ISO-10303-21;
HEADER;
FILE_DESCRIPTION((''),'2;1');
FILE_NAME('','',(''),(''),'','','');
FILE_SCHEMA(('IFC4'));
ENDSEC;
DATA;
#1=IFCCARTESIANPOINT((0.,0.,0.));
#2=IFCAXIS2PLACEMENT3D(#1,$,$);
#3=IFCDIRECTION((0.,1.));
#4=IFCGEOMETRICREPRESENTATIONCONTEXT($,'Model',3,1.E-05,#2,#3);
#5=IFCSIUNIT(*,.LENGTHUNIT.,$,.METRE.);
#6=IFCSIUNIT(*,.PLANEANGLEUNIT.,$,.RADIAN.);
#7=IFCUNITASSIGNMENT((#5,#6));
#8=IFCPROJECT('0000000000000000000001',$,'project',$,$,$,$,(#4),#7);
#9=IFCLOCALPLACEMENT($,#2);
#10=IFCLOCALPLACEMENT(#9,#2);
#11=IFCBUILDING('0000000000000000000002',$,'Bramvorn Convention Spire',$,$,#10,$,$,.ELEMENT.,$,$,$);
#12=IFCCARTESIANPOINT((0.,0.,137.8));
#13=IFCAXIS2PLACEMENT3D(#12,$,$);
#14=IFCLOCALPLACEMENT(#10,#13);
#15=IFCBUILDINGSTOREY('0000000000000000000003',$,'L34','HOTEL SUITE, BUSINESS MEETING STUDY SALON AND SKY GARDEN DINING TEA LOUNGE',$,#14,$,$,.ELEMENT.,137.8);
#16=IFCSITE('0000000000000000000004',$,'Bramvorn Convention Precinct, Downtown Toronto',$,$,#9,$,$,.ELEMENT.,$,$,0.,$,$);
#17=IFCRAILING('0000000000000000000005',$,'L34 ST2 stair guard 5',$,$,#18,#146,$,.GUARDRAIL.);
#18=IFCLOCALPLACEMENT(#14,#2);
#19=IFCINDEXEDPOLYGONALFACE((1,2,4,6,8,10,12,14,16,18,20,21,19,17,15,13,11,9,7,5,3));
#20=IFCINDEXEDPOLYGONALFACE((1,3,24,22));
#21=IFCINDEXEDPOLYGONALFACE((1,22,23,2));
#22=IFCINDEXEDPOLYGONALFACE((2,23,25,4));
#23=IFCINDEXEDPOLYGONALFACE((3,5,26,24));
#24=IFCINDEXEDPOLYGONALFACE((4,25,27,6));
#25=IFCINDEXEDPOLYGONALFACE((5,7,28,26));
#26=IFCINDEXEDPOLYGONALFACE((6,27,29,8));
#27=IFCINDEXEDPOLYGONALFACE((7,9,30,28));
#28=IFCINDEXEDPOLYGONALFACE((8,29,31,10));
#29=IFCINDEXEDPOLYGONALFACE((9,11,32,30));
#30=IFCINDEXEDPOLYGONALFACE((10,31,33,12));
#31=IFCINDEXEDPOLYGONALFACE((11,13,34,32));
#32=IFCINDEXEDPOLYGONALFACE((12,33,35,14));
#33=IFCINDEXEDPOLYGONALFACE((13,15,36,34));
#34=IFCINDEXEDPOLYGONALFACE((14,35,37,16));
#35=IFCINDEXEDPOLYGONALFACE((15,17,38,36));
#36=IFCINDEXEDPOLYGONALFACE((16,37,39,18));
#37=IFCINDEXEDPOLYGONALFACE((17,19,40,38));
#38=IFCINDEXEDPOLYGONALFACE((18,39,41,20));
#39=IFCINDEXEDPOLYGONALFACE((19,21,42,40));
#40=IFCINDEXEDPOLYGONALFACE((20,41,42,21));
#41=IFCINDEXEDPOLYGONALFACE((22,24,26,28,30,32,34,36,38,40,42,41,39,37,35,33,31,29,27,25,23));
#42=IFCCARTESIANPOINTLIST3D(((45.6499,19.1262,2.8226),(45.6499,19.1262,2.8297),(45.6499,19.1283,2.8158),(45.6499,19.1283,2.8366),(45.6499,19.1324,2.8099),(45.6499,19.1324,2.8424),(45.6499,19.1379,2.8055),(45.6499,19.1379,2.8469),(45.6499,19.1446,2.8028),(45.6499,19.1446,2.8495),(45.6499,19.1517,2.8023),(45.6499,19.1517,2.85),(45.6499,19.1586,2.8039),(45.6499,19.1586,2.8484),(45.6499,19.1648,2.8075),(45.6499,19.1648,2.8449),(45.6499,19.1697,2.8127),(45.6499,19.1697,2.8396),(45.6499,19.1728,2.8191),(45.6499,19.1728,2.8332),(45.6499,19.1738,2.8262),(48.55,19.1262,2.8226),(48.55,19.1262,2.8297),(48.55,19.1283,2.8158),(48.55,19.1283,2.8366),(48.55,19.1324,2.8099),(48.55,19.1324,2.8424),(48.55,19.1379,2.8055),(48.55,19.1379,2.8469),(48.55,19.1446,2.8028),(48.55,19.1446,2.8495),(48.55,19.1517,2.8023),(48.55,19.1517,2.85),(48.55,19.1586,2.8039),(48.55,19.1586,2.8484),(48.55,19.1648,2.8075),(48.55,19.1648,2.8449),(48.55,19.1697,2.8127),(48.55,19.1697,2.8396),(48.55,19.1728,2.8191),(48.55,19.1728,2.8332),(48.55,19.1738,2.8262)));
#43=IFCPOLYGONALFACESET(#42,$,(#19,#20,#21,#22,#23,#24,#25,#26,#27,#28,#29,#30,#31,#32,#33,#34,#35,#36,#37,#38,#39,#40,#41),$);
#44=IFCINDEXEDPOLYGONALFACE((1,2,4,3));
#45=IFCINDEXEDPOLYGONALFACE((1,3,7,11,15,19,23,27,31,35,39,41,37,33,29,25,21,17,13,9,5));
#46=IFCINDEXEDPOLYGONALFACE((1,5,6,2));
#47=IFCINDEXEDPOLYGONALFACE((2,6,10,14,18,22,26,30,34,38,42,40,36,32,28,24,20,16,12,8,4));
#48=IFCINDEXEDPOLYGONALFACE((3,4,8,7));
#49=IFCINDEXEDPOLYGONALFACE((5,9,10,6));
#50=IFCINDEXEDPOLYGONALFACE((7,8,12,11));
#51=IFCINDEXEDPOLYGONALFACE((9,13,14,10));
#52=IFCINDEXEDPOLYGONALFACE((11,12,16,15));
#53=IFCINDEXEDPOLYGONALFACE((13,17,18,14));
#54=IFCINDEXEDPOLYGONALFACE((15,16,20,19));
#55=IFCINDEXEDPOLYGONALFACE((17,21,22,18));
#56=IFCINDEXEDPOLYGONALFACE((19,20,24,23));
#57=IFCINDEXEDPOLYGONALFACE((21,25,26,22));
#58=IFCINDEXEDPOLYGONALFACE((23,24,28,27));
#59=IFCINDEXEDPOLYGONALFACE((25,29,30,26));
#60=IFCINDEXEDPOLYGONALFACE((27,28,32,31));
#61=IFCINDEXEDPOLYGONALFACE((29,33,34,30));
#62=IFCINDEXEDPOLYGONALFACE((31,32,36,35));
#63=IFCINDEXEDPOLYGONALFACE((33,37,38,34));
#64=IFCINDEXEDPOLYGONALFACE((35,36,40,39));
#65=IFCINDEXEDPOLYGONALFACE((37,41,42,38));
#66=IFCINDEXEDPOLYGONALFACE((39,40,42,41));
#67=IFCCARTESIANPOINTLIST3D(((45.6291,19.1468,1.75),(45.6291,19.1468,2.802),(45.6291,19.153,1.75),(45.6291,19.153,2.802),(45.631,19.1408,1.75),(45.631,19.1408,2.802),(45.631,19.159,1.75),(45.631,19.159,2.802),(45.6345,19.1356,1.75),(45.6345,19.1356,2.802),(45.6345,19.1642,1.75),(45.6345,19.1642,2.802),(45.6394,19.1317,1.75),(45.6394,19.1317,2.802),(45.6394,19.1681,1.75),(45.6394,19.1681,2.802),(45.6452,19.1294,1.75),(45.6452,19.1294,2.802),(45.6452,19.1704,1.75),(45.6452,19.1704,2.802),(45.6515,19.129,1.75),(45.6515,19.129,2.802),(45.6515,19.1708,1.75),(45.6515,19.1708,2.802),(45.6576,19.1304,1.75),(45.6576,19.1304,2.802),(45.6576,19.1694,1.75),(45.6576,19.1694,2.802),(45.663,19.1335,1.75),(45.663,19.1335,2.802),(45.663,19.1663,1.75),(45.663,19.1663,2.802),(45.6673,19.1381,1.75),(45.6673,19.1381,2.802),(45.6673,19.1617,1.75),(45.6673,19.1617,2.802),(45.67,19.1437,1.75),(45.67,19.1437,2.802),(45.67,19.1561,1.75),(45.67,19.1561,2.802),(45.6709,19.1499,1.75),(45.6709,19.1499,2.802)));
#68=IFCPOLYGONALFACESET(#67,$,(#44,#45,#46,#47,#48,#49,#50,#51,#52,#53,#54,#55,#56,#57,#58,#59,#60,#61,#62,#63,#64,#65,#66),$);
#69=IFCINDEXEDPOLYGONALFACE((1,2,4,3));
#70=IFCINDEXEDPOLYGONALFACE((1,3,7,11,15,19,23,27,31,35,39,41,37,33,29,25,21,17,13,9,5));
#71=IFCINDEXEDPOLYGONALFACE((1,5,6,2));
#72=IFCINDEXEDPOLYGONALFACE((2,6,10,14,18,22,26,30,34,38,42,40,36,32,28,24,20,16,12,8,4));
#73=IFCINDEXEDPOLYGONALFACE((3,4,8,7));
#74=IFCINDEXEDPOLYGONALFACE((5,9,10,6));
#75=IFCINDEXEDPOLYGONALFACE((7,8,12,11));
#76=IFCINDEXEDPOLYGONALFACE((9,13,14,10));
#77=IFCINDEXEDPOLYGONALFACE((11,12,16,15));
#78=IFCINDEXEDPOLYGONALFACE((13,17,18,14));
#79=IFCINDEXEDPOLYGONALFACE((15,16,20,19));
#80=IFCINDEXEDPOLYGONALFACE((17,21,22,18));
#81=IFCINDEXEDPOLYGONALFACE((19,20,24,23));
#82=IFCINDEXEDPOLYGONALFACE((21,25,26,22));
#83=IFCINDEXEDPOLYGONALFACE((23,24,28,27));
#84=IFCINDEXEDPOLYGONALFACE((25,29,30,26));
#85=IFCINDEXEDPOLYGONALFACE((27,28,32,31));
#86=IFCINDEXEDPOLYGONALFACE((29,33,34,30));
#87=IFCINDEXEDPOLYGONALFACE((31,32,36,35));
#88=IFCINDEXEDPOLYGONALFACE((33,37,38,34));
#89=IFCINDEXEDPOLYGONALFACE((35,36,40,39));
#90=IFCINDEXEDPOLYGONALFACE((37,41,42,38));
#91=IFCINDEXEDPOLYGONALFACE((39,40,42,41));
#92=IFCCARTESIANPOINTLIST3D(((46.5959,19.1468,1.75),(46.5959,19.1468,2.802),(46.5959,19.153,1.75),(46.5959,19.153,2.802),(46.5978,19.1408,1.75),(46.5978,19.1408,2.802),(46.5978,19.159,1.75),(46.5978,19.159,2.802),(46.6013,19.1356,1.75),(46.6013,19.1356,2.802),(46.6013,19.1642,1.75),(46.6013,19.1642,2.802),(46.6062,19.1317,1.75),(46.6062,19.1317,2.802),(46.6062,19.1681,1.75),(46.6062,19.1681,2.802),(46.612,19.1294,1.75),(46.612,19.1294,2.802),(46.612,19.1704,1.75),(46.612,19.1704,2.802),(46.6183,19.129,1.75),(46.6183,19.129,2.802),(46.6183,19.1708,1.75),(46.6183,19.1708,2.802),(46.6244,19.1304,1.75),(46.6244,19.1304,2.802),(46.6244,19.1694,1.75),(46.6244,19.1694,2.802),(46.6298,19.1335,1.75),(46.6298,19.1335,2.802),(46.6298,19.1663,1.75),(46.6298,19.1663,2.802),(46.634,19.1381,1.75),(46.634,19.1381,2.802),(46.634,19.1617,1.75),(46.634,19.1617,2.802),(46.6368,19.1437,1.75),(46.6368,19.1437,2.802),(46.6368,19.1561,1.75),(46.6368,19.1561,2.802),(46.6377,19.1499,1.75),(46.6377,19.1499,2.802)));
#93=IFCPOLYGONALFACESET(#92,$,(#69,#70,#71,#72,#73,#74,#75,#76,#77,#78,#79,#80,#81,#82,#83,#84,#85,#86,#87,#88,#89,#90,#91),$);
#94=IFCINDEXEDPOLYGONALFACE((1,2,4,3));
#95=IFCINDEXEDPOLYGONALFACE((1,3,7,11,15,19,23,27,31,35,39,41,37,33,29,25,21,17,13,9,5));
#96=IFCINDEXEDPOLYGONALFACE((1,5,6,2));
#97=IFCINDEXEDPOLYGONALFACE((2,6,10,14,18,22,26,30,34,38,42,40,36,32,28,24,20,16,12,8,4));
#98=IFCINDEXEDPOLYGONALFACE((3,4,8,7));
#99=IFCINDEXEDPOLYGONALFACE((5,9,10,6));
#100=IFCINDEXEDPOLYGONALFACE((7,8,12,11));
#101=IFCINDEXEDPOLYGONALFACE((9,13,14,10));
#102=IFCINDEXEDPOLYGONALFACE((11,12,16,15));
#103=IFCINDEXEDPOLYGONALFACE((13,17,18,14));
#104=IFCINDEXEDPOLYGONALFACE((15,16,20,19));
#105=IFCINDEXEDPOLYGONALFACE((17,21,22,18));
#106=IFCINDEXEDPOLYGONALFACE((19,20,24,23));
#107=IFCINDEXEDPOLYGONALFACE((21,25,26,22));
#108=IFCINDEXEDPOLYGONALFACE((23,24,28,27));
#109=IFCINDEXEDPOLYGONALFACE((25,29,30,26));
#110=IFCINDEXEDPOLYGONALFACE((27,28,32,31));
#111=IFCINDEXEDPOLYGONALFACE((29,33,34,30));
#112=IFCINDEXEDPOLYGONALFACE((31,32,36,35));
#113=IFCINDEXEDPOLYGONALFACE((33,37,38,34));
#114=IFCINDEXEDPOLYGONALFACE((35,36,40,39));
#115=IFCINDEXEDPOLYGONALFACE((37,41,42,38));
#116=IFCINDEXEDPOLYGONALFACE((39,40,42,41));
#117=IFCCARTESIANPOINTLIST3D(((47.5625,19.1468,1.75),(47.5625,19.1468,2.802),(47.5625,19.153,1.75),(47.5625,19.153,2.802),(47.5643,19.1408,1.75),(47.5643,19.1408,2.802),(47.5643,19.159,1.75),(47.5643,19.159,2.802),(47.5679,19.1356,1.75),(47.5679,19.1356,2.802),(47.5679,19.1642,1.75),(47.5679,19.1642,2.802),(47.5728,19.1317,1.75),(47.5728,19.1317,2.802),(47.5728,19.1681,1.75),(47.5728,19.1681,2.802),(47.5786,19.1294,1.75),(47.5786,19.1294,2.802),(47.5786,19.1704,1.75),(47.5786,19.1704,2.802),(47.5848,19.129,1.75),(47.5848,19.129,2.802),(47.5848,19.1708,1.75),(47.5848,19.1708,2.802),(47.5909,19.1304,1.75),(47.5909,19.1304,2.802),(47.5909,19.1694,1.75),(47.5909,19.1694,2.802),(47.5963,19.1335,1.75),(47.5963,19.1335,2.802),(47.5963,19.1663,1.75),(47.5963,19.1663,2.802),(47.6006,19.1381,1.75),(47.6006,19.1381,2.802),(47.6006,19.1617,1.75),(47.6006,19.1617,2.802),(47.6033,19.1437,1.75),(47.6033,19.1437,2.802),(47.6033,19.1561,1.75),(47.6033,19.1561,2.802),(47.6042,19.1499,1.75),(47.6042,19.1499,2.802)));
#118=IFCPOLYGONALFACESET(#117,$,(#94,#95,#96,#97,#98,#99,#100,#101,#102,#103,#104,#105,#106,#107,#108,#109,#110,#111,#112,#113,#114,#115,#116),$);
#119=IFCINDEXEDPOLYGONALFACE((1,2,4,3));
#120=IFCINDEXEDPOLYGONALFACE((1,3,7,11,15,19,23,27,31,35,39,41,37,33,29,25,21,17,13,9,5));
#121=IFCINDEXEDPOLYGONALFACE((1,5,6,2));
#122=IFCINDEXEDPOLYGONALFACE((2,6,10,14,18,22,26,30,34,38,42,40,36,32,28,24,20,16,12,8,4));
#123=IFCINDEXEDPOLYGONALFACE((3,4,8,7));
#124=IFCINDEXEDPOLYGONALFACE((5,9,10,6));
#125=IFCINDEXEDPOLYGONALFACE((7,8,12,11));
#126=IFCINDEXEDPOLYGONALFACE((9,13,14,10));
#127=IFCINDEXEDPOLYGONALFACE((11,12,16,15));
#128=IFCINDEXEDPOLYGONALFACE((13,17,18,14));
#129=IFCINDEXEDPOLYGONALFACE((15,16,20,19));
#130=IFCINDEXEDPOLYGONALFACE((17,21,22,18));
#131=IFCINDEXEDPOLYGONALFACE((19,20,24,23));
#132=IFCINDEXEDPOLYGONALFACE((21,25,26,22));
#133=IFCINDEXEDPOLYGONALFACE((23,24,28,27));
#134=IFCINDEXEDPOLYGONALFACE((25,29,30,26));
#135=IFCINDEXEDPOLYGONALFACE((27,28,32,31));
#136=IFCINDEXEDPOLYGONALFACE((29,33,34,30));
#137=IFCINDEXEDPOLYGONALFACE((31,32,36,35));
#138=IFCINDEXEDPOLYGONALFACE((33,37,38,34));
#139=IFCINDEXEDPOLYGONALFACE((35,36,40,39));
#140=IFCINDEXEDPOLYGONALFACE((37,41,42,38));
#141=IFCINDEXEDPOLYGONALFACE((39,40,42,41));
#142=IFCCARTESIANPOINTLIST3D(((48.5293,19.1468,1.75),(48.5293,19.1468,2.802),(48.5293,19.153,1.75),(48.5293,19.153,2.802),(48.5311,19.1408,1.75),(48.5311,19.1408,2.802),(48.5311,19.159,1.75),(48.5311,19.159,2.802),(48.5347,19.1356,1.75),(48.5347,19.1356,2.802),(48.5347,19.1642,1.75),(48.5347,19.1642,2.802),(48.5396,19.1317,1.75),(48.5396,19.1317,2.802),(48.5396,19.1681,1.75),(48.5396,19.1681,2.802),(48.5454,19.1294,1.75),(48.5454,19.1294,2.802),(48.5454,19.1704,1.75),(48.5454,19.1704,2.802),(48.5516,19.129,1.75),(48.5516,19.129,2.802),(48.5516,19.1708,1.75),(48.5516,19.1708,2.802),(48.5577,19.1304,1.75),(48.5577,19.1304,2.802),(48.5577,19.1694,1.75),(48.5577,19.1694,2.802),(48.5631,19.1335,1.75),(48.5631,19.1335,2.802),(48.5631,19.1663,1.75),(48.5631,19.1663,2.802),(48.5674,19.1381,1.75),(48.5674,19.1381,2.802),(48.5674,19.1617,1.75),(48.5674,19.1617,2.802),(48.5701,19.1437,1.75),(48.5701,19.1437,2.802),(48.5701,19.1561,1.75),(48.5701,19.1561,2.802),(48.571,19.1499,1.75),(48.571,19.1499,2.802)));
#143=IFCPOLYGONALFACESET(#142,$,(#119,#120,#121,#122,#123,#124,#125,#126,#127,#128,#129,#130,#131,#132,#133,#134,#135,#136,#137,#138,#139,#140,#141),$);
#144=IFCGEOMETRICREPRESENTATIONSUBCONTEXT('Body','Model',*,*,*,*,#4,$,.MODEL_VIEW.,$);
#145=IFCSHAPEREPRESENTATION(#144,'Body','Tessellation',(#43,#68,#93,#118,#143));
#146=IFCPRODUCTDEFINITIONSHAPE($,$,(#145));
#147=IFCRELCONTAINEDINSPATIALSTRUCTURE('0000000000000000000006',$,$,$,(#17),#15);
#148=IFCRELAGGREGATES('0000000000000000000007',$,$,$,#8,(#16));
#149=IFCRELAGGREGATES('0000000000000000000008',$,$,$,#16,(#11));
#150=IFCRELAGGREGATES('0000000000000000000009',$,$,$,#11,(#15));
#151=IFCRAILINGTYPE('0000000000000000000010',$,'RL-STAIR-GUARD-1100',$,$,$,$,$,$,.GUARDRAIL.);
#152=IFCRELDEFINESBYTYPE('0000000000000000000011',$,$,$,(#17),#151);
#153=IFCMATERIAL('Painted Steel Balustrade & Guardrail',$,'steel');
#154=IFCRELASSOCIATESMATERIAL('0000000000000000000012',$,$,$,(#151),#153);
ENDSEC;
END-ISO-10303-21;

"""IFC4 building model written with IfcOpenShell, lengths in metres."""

from ifc_helpers import new_model, si_unit, direction, frame, origin, origin_2d, place, context, subcontext, project, spatial, circle, extrude, material, type_object, element, save


model = new_model("IFC4")

# Units and contexts
model_context = context("Model", 3, precision=1e-05, world=origin(), true_north=direction((0.0, 1.0)))
body_context = subcontext(model_context, "Body", "Model", "MODEL_VIEW")
ifc_project = project(units=[si_unit("LENGTHUNIT", "METRE"), si_unit("PLANEANGLEUNIT", "RADIAN")], contexts=[model_context])

# Site, building, storey
site_placement = place(None, origin())
site = spatial("IfcSite", under=ifc_project, at=site_placement, Name="Bramvorn Convention Precinct, Downtown Toronto", CompositionType="ELEMENT", RefElevation=0.0)
building_placement = place(site_placement, origin())
building = spatial("IfcBuilding", under=site, at=building_placement, Name="Bramvorn Convention Spire", CompositionType="ELEMENT")
storey_placement = place(building_placement, frame((0.0, 0.0, 137.8)))
storey = spatial("IfcBuildingStorey", under=building, at=storey_placement, Name="L34", Description="HOTEL SUITE, BUSINESS MEETING STUDY SALON AND SKY GARDEN DINING TEA LOUNGE", CompositionType="ELEMENT", Elevation=137.8)

# Railing
ifc_material_1 = material(Name="Painted Steel Balustrade & Guardrail", Category="steel")
railing_type = type_object("IfcRailingType", Name="RL-STAIR-GUARD-1100", PredefinedType="GUARDRAIL", material=ifc_material_1)
railing_1_placement = place(storey_placement, frame((45.6499, 19.1499, 1.75)))
element("IfcRailing", 1, at=railing_1_placement, inside=storey, type_object=railing_type, Name="L34 ST2 stair guard 5", PredefinedType="GUARDRAIL", context=body_context, shape_type="SweptSolid", body=[
    extrude(circle(Radius=0.0239, at=origin_2d()), frame((0.0, 0.0, 1.0762), z_axis=(1.0, 0.0, 0.0), x_axis=(0.0, 1.0, 0.0)), (0.0, 0.0, 1.0), 2.9001),
    extrude(circle(Radius=0.021, at=origin_2d()), origin(), (0.0, 0.0, 1.0), 1.052),
    extrude(circle(Radius=0.021, at=origin_2d()), frame((0.9668, 0.0, 0.0)), (0.0, 0.0, 1.0), 1.052),
    extrude(circle(Radius=0.021, at=origin_2d()), frame((1.9333, 0.0, 0.0)), (0.0, 0.0, 1.0), 1.052),
    extrude(circle(Radius=0.021, at=origin_2d()), frame((2.9001, 0.0, 0.0)), (0.0, 0.0, 1.0), 1.052),
])

save(model, "model.ifc")
